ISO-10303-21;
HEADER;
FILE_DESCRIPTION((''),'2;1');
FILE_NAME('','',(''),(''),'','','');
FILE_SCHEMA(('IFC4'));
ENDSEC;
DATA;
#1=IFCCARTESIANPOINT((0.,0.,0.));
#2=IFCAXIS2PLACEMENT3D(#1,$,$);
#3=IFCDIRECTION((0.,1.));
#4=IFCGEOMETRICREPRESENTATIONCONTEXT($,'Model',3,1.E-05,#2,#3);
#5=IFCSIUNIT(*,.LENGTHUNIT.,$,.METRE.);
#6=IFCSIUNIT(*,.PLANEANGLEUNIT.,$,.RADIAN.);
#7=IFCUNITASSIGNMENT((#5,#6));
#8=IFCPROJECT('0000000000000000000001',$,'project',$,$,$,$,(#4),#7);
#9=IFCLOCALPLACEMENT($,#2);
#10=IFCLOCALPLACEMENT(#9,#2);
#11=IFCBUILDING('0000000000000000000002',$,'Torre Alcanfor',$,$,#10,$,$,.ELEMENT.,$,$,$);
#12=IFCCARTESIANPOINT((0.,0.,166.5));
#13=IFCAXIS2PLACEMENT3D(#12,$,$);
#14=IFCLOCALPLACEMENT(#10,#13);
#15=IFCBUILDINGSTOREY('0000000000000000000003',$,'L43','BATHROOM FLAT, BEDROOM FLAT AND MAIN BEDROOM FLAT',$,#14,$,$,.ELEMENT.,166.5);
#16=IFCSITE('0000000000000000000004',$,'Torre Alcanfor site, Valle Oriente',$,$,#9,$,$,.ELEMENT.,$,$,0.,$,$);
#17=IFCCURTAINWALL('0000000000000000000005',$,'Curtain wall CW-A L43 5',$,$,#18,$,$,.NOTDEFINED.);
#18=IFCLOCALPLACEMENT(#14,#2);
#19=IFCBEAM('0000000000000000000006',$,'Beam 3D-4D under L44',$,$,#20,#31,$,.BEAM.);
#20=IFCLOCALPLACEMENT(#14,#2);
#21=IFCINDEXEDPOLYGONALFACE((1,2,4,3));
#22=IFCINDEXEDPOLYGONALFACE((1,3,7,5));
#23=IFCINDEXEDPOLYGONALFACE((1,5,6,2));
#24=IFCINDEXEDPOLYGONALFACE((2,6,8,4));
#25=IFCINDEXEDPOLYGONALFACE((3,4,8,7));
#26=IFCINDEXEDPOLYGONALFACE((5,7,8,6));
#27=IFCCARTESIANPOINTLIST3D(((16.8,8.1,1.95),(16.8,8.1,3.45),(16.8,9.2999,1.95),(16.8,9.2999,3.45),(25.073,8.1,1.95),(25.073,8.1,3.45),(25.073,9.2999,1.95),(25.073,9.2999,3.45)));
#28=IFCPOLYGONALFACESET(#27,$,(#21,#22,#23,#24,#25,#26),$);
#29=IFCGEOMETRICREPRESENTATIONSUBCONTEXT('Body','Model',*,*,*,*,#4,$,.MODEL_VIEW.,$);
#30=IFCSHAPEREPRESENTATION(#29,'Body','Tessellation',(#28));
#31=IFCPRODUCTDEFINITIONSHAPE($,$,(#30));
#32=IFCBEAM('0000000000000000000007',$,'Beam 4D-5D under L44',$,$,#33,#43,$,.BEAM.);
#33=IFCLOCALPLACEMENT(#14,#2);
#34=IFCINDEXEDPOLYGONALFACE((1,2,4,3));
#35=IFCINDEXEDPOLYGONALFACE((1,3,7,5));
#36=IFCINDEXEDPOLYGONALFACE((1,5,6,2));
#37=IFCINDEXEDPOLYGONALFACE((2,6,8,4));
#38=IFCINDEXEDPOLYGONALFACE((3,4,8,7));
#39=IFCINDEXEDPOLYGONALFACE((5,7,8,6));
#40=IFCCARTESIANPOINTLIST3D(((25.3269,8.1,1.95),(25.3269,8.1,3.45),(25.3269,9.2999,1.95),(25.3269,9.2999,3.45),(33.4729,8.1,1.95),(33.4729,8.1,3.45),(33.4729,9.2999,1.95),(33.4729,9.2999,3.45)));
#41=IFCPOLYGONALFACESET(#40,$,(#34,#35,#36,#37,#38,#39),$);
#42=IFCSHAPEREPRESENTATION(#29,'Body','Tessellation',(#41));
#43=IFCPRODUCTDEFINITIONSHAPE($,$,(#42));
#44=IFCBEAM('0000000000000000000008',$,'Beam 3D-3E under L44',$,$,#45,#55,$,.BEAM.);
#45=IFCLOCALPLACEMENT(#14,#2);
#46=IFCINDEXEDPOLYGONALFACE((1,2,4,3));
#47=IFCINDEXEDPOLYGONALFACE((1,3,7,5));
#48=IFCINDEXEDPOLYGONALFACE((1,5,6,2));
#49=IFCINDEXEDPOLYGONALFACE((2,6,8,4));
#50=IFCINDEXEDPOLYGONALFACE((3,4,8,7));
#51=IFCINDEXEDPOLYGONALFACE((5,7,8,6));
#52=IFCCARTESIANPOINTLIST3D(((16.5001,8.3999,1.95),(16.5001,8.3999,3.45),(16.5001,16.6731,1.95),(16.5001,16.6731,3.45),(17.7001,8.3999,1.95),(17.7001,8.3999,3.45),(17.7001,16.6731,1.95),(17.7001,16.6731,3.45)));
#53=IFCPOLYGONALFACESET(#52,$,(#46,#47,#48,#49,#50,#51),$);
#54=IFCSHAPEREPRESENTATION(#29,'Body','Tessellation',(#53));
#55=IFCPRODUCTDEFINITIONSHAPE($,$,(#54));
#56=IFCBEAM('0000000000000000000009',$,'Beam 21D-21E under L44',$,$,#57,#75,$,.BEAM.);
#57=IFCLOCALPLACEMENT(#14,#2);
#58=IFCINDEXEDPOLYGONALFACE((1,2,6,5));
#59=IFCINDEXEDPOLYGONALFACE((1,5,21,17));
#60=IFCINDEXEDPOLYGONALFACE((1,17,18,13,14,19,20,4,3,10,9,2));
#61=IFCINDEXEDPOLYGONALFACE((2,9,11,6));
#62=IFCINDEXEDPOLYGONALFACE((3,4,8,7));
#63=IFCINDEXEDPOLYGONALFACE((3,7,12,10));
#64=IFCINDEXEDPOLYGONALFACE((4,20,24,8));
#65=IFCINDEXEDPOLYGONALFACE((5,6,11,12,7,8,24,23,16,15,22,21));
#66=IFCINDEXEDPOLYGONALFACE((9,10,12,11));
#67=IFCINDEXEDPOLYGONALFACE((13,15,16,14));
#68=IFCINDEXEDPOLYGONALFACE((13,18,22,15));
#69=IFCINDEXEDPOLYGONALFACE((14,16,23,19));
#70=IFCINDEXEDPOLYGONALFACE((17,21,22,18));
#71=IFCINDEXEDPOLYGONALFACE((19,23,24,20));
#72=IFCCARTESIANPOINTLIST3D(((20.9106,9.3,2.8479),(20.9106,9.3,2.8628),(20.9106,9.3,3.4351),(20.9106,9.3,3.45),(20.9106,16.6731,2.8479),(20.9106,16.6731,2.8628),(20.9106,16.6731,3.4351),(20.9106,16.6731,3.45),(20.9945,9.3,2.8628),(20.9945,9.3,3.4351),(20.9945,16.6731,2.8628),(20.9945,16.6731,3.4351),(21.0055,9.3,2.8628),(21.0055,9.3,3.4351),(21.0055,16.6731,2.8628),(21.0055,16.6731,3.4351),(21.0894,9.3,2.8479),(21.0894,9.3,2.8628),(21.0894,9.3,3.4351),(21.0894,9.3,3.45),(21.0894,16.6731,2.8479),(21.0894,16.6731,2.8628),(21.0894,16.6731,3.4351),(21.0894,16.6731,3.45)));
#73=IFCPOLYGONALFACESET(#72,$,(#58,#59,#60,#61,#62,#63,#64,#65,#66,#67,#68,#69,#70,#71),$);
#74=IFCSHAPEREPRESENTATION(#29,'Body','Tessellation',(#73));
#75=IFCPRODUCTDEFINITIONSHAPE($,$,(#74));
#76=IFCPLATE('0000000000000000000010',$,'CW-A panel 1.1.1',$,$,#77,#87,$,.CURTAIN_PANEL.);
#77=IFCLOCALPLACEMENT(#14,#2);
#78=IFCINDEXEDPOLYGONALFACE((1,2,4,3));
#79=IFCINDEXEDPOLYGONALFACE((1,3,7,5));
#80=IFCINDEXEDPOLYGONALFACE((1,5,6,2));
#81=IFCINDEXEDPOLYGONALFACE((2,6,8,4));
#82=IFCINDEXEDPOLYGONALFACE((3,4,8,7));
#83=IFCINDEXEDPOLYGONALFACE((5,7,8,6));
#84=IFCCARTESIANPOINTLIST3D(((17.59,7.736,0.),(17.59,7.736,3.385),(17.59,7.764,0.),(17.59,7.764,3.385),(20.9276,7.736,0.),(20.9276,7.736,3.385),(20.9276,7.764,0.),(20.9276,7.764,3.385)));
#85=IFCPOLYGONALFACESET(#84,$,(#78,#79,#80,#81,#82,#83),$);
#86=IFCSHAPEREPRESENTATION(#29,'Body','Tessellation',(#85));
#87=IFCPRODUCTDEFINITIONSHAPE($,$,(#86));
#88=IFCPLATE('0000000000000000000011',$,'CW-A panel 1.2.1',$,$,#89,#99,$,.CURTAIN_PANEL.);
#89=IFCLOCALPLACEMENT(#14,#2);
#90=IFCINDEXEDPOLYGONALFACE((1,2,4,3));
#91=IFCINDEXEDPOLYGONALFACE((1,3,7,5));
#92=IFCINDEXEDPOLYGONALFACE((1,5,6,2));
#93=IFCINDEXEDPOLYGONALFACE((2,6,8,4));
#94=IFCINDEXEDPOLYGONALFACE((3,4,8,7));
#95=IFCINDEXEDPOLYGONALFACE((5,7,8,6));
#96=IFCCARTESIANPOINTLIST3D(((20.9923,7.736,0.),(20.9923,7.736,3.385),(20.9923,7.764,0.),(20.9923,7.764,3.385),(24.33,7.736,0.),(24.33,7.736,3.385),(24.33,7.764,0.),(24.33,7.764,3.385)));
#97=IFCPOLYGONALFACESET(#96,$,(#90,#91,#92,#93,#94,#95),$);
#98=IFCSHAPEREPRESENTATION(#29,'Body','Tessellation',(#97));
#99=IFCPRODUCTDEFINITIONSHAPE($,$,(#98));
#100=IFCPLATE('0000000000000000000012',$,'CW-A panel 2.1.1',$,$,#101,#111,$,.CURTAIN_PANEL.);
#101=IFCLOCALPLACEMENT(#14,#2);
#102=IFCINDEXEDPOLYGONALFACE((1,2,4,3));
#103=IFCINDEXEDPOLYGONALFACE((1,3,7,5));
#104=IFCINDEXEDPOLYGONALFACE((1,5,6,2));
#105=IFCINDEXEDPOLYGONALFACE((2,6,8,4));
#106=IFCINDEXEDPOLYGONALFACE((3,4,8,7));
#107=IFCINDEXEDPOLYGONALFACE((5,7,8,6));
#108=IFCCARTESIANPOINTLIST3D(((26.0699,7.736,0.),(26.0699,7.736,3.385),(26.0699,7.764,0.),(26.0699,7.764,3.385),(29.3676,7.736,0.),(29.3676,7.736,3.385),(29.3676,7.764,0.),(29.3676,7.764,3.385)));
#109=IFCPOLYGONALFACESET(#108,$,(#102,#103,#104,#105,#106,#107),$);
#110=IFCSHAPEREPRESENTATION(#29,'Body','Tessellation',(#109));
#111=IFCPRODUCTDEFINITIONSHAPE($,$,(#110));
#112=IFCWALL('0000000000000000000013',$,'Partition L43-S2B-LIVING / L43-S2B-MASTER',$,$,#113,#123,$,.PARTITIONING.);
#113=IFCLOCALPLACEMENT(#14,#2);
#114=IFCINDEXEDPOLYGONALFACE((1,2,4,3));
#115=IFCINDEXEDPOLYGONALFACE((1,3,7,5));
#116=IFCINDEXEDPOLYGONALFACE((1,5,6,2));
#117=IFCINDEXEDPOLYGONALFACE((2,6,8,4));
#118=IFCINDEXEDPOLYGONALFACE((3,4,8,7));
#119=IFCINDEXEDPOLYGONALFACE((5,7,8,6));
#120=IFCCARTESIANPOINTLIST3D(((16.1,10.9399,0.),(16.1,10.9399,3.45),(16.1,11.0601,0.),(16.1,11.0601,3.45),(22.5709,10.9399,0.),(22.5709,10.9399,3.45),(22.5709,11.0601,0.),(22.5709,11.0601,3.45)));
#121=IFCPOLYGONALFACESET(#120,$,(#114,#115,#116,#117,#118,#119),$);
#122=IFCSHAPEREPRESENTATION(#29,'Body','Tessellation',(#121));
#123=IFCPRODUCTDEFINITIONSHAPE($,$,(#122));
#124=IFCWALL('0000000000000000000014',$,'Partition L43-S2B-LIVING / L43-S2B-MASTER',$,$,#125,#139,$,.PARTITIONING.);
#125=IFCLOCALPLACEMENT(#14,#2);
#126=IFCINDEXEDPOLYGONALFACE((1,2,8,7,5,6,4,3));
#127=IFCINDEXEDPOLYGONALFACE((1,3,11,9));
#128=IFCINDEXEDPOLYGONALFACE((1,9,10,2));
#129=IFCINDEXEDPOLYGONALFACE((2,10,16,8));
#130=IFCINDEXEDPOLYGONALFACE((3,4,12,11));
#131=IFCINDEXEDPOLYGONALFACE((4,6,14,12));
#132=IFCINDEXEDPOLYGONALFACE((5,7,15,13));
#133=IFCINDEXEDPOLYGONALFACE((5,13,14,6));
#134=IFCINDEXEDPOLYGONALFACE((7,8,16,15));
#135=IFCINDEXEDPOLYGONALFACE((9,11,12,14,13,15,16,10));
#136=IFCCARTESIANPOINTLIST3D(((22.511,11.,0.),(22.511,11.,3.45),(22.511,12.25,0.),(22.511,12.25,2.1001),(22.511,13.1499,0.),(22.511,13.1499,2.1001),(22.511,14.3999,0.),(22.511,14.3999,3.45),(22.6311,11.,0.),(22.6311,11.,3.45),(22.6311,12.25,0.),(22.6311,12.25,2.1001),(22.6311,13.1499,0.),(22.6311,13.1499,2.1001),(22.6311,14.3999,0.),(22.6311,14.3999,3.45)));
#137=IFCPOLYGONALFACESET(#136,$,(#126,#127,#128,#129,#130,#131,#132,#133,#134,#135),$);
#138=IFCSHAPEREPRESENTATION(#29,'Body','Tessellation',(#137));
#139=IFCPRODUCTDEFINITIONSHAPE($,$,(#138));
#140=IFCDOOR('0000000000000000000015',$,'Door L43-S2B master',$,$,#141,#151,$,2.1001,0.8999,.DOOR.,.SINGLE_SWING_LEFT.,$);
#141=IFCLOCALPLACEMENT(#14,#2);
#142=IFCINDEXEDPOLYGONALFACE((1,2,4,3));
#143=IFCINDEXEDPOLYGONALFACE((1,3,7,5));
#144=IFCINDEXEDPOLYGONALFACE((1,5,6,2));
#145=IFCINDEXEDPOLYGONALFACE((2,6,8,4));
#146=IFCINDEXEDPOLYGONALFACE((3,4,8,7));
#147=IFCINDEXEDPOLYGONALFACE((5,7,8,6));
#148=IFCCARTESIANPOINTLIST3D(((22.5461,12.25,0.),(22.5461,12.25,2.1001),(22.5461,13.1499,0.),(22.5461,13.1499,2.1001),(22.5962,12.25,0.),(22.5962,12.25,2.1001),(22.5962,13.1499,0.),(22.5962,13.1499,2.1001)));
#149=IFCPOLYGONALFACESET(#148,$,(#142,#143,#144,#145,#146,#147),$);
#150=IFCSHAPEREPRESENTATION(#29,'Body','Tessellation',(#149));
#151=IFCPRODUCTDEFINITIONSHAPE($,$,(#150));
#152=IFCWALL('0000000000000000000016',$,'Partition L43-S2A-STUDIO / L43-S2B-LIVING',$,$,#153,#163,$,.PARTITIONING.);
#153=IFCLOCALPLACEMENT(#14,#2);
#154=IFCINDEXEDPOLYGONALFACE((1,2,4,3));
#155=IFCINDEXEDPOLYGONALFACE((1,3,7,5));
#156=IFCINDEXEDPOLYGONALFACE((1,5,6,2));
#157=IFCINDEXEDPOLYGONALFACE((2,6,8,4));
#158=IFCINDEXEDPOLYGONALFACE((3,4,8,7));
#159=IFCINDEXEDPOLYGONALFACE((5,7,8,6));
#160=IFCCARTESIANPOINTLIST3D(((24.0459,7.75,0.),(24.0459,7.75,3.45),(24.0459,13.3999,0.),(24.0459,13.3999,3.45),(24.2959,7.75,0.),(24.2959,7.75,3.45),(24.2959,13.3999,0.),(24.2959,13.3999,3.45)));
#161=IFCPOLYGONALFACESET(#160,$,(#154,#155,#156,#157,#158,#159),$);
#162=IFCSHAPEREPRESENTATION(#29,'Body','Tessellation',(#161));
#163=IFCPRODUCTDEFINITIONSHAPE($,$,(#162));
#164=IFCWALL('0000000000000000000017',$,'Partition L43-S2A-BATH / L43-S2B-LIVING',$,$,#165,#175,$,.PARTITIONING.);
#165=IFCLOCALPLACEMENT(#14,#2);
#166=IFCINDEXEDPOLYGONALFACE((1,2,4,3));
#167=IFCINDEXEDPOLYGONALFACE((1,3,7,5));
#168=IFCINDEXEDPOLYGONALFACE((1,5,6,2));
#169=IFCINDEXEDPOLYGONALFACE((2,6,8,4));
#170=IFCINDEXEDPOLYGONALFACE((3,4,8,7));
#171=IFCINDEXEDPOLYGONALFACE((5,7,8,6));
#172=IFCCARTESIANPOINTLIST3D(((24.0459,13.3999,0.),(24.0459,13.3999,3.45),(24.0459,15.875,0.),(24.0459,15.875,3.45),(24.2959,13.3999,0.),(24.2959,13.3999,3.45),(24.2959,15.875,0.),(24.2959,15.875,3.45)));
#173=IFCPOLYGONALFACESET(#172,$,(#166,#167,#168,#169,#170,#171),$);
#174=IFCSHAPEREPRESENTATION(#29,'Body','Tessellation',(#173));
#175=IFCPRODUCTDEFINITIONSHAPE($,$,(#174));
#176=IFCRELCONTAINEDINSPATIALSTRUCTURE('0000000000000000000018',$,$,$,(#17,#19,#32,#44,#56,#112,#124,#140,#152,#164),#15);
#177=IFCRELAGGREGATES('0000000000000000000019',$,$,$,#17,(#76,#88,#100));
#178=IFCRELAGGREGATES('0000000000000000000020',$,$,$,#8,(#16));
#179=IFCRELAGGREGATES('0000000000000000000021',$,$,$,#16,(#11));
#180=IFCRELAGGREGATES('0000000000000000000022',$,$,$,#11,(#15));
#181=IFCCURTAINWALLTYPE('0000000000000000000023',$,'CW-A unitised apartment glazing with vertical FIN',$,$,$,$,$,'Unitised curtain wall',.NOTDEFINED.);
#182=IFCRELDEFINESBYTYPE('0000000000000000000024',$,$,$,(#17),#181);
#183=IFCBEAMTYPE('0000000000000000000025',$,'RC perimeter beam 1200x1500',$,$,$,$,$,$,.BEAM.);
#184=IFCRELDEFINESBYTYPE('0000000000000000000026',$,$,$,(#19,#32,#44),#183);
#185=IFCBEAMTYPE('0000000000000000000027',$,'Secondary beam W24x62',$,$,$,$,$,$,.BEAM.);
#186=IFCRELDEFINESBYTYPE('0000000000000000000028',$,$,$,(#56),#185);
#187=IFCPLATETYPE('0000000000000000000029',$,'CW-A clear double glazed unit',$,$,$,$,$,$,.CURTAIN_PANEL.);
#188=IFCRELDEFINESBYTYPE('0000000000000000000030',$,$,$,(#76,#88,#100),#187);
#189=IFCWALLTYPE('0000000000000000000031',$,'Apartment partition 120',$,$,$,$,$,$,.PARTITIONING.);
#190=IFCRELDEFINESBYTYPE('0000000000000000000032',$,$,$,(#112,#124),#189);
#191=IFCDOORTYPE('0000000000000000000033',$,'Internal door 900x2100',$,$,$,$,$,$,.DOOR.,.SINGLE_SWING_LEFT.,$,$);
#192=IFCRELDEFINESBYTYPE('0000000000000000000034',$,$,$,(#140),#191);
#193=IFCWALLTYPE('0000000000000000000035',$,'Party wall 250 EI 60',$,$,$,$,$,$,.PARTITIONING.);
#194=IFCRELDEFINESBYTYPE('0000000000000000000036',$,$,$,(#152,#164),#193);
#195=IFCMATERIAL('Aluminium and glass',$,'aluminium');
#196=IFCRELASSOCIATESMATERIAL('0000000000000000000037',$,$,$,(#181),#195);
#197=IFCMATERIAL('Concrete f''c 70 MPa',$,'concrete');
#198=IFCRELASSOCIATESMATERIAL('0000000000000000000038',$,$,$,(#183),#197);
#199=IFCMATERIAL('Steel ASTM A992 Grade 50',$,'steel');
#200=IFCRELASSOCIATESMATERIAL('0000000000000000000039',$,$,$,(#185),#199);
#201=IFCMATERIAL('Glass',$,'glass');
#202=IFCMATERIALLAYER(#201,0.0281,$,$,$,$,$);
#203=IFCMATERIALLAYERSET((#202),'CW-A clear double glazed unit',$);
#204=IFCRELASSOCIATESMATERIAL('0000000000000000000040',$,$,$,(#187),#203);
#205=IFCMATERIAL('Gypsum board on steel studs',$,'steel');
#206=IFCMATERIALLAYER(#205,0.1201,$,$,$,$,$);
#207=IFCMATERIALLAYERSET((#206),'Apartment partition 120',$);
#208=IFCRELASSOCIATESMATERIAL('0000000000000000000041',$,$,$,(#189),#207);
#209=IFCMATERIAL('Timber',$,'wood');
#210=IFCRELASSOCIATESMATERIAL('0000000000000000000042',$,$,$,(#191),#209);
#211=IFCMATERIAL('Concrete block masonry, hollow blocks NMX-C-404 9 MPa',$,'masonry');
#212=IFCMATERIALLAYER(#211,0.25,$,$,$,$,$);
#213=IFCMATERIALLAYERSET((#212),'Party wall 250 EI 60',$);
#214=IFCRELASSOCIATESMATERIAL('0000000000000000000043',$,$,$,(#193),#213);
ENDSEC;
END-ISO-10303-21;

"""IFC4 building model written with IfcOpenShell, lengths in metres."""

from ifc_helpers import new_model, si_unit, direction, frame, frame_2d, origin, origin_2d, place, context, subcontext, project, spatial, rectangle, i_section, extrude, material, layer, layer_set, material_profile, profile_set, type_object, element, fill, aggregate, save


model = new_model("IFC4")

# Units and contexts
model_context = context("Model", 3, precision=1e-05, world=origin(), true_north=direction((0.0, 1.0)))
body_context = subcontext(model_context, "Body", "Model", "MODEL_VIEW")
ifc_project = project(units=[si_unit("LENGTHUNIT", "METRE"), si_unit("PLANEANGLEUNIT", "RADIAN")], contexts=[model_context])

# Site, building, storey
site_placement = place(None, origin())
site = spatial("IfcSite", under=ifc_project, at=site_placement, Name="Torre Alcanfor site, Valle Oriente", CompositionType="ELEMENT", RefElevation=0.0)
building_placement = place(site_placement, origin())
building = spatial("IfcBuilding", under=site, at=building_placement, Name="Torre Alcanfor", CompositionType="ELEMENT")
storey_placement = place(building_placement, frame((0.0, 0.0, 166.5)))
storey = spatial("IfcBuildingStorey", under=building, at=storey_placement, Name="L43", Description="BATHROOM FLAT, BEDROOM FLAT AND MAIN BEDROOM FLAT", CompositionType="ELEMENT", Elevation=166.5)

# Curtain wall
ifc_material_1 = material(Name="Aluminium and glass", Category="aluminium")
curtain_wall_type = type_object("IfcCurtainWallType", Name="CW-A unitised apartment glazing with vertical FIN", ElementType="Unitised curtain wall", PredefinedType="NOTDEFINED", material=ifc_material_1)
curtain_wall_placement = place(storey_placement, origin())
curtain_wall = element("IfcCurtainWall", 1, at=curtain_wall_placement, inside=storey, type_object=curtain_wall_type, Name="Curtain wall CW-A L43 5", PredefinedType="NOTDEFINED")

# Beams
ifc_material_2 = material(Name="Concrete f'c 70 MPa", Category="concrete")
ifc_material_profile_1 = material_profile(ifc_material_2, rectangle(XDim=1.2, YDim=1.5, at=origin_2d()), Name="1200x1500")
ifc_profile_set_1 = profile_set([ifc_material_profile_1], Name="Concrete f'c 70 MPa")
beam_type_1 = type_object("IfcBeamType", Name="RC perimeter beam 1200x1500", PredefinedType="BEAM", material=ifc_profile_set_1)
beam_1_placement = place(storey_placement, frame((16.8, 8.7, 2.7), z_axis=(1.0, 0.0, 0.0), x_axis=(0.0, 1.0, 0.0)))
element("IfcBeam", 2, at=beam_1_placement, inside=storey, type_object=beam_type_1, Name="Beam 3D-4D under L44", PredefinedType="BEAM", context=body_context, shape_type="SweptSolid", body=[
    extrude(rectangle(XDim=1.2, YDim=1.5, at=origin_2d()), origin(), (0.0, 0.0, 1.0), 8.2729),
])
beam_2_placement = place(storey_placement, frame((25.3269, 8.7, 2.7), z_axis=(1.0, 0.0, 0.0), x_axis=(0.0, 1.0, 0.0)))
element("IfcBeam", 3, at=beam_2_placement, inside=storey, type_object=beam_type_1, Name="Beam 4D-5D under L44", PredefinedType="BEAM", context=body_context, shape_type="SweptSolid", body=[
    extrude(rectangle(XDim=1.2, YDim=1.5, at=origin_2d()), origin(), (0.0, 0.0, 1.0), 8.146),
])
beam_3_placement = place(storey_placement, frame((17.1001, 8.3999, 2.7), z_axis=(0.0, 1.0, 0.0), x_axis=(-1.0, 0.0, 0.0)))
element("IfcBeam", 4, at=beam_3_placement, inside=storey, type_object=beam_type_1, Name="Beam 3D-3E under L44", PredefinedType="BEAM", context=body_context, shape_type="SweptSolid", body=[
    extrude(rectangle(XDim=1.2, YDim=1.5, at=origin_2d()), origin(), (0.0, 0.0, 1.0), 8.2732),
])
ifc_material_3 = material(Name="Steel ASTM A992 Grade 50", Category="steel")
ifc_material_profile_2 = material_profile(ifc_material_3, i_section(OverallWidth=0.1787, OverallDepth=0.6021, WebThickness=0.011, FlangeThickness=0.0149, at=origin_2d()), Name="W24x62")
ifc_profile_set_2 = profile_set([ifc_material_profile_2], Name="Steel ASTM A992 Grade 50")
beam_type_2 = type_object("IfcBeamType", Name="Secondary beam W24x62", PredefinedType="BEAM", material=ifc_profile_set_2)
beam_4_placement = place(storey_placement, frame((21.0, 9.3, 3.1489), z_axis=(0.0, 1.0, 0.0), x_axis=(-1.0, 0.0, 0.0)))
element("IfcBeam", 5, at=beam_4_placement, inside=storey, type_object=beam_type_2, Name="Beam 21D-21E under L44", PredefinedType="BEAM", context=body_context, shape_type="SweptSolid", body=[
    extrude(i_section(OverallWidth=0.1787, OverallDepth=0.6021, WebThickness=0.011, FlangeThickness=0.0149, at=origin_2d()), origin(), (0.0, 0.0, 1.0), 7.373),
])

# Plates
ifc_material_4 = material(Name="Glass", Category="glass")
ifc_layer_1 = layer(ifc_material_4, 0.0281)
ifc_layer_set_1 = layer_set([ifc_layer_1], Name="CW-A clear double glazed unit")
plate_type = type_object("IfcPlateType", Name="CW-A clear double glazed unit", PredefinedType="CURTAIN_PANEL", material=ifc_layer_set_1)
plate_1_placement = place(storey_placement, frame((19.2588, 7.75, 0.0), z_axis=(0.0, 0.0, 1.0), x_axis=(1.0, 0.0, 0.0)))
plate_1 = element("IfcPlate", 6, at=plate_1_placement, type_object=plate_type, Name="CW-A panel 1.1.1", PredefinedType="CURTAIN_PANEL", context=body_context, shape_type="SweptSolid", body=[
    extrude(rectangle(XDim=3.3376, YDim=0.0281, at=origin_2d()), origin(), (0.0, 0.0, 1.0), 3.385),
])
plate_2_placement = place(storey_placement, frame((22.6611, 7.75, 0.0), z_axis=(0.0, 0.0, 1.0), x_axis=(1.0, 0.0, 0.0)))
plate_2 = element("IfcPlate", 7, at=plate_2_placement, type_object=plate_type, Name="CW-A panel 1.2.1", PredefinedType="CURTAIN_PANEL", context=body_context, shape_type="SweptSolid", body=[
    extrude(rectangle(XDim=3.3376, YDim=0.0281, at=origin_2d()), origin(), (0.0, 0.0, 1.0), 3.385),
])
plate_3_placement = place(storey_placement, frame((27.7188, 7.75, 0.0), z_axis=(0.0, 0.0, 1.0), x_axis=(1.0, 0.0, 0.0)))
plate_3 = element("IfcPlate", 8, at=plate_3_placement, type_object=plate_type, Name="CW-A panel 2.1.1", PredefinedType="CURTAIN_PANEL", context=body_context, shape_type="SweptSolid", body=[
    extrude(rectangle(XDim=3.2976, YDim=0.0281, at=origin_2d()), origin(), (0.0, 0.0, 1.0), 3.385),
])
aggregate(curtain_wall, [plate_1, plate_2, plate_3])

# Wall
ifc_material_5 = material(Name="Gypsum board on steel studs", Category="steel")
ifc_layer_2 = layer(ifc_material_5, 0.1201)
ifc_layer_set_2 = layer_set([ifc_layer_2], Name="Apartment partition 120")
wall_type_1 = type_object("IfcWallType", Name="Apartment partition 120", PredefinedType="PARTITIONING", material=ifc_layer_set_2)
wall_1_placement = place(storey_placement, frame((16.1001, 11.0, 0.0), z_axis=(0.0, 0.0, 1.0), x_axis=(1.0, 0.0, 0.0)))
element("IfcWall", 9, at=wall_1_placement, inside=storey, type_object=wall_type_1, Name="Partition L43-S2B-LIVING / L43-S2B-MASTER", PredefinedType="PARTITIONING", context=body_context, shape_type="SweptSolid", body=[
    extrude(rectangle(XDim=6.4709, YDim=0.1201, at=frame_2d((3.2354, 0.0))), origin(), (0.0, 0.0, 1.0), 3.45),
])

# Wall, opening, door
wall_2_placement = place(storey_placement, frame((22.571, 11.0, 0.0), z_axis=(0.0, 0.0, 1.0), x_axis=(0.0, 1.0, 0.0)))
wall_2 = element("IfcWall", 10, at=wall_2_placement, inside=storey, type_object=wall_type_1, Name="Partition L43-S2B-LIVING / L43-S2B-MASTER", PredefinedType="PARTITIONING", context=body_context, shape_type="SweptSolid", body=[
    extrude(rectangle(XDim=3.3999, YDim=0.1201, at=frame_2d((1.7, 0.0))), origin(), (0.0, 0.0, 1.0), 3.45),
])
opening_1_placement = place(wall_2_placement, frame((1.25, 0.0, 0.0)))
opening_1 = element("IfcOpeningElement", 11, at=opening_1_placement, cuts=wall_2, PredefinedType="OPENING", context=body_context, shape_type="SweptSolid", body=[
    extrude(rectangle(XDim=0.8999, YDim=2.1001, at=frame_2d((0.45, 1.05))), frame((0.0, 0.0701, 0.0), z_axis=(0.0, -1.0, 0.0), x_axis=(1.0, 0.0, 0.0)), (0.0, 0.0, 1.0), 0.1401),
])
ifc_material_6 = material(Name="Timber", Category="wood")
door_type_1 = type_object("IfcDoorType", Name="Internal door 900x2100", OperationType="SINGLE_SWING_LEFT", PredefinedType="DOOR", material=ifc_material_6)
door_1_placement = place(opening_1_placement, origin())
door_1 = element("IfcDoor", 12, at=door_1_placement, inside=storey, type_object=door_type_1, Name="Door L43-S2B master", OperationType="SINGLE_SWING_LEFT", OverallHeight=2.1001, OverallWidth=0.8999, PredefinedType="DOOR", context=body_context, shape_type="SweptSolid", body=[
    extrude(rectangle(XDim=0.8999, YDim=2.1001, at=frame_2d((0.45, 1.05))), frame((0.0, 0.0249, 0.0), z_axis=(0.0, -1.0, 0.0), x_axis=(1.0, 0.0, 0.0)), (0.0, 0.0, 1.0), 0.05),
])
fill(opening_1, door_1)

# Walls
ifc_material_7 = material(Name="Concrete block masonry, hollow blocks NMX-C-404 9 MPa", Category="masonry")
ifc_layer_3 = layer(ifc_material_7, 0.25)
ifc_layer_set_3 = layer_set([ifc_layer_3], Name="Party wall 250 EI 60")
wall_type_2 = type_object("IfcWallType", Name="Party wall 250 EI 60", PredefinedType="PARTITIONING", material=ifc_layer_set_3)
wall_3_placement = place(storey_placement, frame((24.1709, 7.75, 0.0), z_axis=(0.0, 0.0, 1.0), x_axis=(0.0, 1.0, 0.0)))
element("IfcWall", 13, at=wall_3_placement, inside=storey, type_object=wall_type_2, Name="Partition L43-S2A-STUDIO / L43-S2B-LIVING", PredefinedType="PARTITIONING", context=body_context, shape_type="SweptSolid", body=[
    extrude(rectangle(XDim=5.6499, YDim=0.25, at=frame_2d((2.825, 0.0))), origin(), (0.0, 0.0, 1.0), 3.45),
])
wall_4_placement = place(storey_placement, frame((24.1709, 13.3999, 0.0), z_axis=(0.0, 0.0, 1.0), x_axis=(0.0, 1.0, 0.0)))
element("IfcWall", 14, at=wall_4_placement, inside=storey, type_object=wall_type_2, Name="Partition L43-S2A-BATH / L43-S2B-LIVING", PredefinedType="PARTITIONING", context=body_context, shape_type="SweptSolid", body=[
    extrude(rectangle(XDim=2.4751, YDim=0.25, at=frame_2d((1.2375, 0.0))), origin(), (0.0, 0.0, 1.0), 3.45),
])

save(model, "model.ifc")
